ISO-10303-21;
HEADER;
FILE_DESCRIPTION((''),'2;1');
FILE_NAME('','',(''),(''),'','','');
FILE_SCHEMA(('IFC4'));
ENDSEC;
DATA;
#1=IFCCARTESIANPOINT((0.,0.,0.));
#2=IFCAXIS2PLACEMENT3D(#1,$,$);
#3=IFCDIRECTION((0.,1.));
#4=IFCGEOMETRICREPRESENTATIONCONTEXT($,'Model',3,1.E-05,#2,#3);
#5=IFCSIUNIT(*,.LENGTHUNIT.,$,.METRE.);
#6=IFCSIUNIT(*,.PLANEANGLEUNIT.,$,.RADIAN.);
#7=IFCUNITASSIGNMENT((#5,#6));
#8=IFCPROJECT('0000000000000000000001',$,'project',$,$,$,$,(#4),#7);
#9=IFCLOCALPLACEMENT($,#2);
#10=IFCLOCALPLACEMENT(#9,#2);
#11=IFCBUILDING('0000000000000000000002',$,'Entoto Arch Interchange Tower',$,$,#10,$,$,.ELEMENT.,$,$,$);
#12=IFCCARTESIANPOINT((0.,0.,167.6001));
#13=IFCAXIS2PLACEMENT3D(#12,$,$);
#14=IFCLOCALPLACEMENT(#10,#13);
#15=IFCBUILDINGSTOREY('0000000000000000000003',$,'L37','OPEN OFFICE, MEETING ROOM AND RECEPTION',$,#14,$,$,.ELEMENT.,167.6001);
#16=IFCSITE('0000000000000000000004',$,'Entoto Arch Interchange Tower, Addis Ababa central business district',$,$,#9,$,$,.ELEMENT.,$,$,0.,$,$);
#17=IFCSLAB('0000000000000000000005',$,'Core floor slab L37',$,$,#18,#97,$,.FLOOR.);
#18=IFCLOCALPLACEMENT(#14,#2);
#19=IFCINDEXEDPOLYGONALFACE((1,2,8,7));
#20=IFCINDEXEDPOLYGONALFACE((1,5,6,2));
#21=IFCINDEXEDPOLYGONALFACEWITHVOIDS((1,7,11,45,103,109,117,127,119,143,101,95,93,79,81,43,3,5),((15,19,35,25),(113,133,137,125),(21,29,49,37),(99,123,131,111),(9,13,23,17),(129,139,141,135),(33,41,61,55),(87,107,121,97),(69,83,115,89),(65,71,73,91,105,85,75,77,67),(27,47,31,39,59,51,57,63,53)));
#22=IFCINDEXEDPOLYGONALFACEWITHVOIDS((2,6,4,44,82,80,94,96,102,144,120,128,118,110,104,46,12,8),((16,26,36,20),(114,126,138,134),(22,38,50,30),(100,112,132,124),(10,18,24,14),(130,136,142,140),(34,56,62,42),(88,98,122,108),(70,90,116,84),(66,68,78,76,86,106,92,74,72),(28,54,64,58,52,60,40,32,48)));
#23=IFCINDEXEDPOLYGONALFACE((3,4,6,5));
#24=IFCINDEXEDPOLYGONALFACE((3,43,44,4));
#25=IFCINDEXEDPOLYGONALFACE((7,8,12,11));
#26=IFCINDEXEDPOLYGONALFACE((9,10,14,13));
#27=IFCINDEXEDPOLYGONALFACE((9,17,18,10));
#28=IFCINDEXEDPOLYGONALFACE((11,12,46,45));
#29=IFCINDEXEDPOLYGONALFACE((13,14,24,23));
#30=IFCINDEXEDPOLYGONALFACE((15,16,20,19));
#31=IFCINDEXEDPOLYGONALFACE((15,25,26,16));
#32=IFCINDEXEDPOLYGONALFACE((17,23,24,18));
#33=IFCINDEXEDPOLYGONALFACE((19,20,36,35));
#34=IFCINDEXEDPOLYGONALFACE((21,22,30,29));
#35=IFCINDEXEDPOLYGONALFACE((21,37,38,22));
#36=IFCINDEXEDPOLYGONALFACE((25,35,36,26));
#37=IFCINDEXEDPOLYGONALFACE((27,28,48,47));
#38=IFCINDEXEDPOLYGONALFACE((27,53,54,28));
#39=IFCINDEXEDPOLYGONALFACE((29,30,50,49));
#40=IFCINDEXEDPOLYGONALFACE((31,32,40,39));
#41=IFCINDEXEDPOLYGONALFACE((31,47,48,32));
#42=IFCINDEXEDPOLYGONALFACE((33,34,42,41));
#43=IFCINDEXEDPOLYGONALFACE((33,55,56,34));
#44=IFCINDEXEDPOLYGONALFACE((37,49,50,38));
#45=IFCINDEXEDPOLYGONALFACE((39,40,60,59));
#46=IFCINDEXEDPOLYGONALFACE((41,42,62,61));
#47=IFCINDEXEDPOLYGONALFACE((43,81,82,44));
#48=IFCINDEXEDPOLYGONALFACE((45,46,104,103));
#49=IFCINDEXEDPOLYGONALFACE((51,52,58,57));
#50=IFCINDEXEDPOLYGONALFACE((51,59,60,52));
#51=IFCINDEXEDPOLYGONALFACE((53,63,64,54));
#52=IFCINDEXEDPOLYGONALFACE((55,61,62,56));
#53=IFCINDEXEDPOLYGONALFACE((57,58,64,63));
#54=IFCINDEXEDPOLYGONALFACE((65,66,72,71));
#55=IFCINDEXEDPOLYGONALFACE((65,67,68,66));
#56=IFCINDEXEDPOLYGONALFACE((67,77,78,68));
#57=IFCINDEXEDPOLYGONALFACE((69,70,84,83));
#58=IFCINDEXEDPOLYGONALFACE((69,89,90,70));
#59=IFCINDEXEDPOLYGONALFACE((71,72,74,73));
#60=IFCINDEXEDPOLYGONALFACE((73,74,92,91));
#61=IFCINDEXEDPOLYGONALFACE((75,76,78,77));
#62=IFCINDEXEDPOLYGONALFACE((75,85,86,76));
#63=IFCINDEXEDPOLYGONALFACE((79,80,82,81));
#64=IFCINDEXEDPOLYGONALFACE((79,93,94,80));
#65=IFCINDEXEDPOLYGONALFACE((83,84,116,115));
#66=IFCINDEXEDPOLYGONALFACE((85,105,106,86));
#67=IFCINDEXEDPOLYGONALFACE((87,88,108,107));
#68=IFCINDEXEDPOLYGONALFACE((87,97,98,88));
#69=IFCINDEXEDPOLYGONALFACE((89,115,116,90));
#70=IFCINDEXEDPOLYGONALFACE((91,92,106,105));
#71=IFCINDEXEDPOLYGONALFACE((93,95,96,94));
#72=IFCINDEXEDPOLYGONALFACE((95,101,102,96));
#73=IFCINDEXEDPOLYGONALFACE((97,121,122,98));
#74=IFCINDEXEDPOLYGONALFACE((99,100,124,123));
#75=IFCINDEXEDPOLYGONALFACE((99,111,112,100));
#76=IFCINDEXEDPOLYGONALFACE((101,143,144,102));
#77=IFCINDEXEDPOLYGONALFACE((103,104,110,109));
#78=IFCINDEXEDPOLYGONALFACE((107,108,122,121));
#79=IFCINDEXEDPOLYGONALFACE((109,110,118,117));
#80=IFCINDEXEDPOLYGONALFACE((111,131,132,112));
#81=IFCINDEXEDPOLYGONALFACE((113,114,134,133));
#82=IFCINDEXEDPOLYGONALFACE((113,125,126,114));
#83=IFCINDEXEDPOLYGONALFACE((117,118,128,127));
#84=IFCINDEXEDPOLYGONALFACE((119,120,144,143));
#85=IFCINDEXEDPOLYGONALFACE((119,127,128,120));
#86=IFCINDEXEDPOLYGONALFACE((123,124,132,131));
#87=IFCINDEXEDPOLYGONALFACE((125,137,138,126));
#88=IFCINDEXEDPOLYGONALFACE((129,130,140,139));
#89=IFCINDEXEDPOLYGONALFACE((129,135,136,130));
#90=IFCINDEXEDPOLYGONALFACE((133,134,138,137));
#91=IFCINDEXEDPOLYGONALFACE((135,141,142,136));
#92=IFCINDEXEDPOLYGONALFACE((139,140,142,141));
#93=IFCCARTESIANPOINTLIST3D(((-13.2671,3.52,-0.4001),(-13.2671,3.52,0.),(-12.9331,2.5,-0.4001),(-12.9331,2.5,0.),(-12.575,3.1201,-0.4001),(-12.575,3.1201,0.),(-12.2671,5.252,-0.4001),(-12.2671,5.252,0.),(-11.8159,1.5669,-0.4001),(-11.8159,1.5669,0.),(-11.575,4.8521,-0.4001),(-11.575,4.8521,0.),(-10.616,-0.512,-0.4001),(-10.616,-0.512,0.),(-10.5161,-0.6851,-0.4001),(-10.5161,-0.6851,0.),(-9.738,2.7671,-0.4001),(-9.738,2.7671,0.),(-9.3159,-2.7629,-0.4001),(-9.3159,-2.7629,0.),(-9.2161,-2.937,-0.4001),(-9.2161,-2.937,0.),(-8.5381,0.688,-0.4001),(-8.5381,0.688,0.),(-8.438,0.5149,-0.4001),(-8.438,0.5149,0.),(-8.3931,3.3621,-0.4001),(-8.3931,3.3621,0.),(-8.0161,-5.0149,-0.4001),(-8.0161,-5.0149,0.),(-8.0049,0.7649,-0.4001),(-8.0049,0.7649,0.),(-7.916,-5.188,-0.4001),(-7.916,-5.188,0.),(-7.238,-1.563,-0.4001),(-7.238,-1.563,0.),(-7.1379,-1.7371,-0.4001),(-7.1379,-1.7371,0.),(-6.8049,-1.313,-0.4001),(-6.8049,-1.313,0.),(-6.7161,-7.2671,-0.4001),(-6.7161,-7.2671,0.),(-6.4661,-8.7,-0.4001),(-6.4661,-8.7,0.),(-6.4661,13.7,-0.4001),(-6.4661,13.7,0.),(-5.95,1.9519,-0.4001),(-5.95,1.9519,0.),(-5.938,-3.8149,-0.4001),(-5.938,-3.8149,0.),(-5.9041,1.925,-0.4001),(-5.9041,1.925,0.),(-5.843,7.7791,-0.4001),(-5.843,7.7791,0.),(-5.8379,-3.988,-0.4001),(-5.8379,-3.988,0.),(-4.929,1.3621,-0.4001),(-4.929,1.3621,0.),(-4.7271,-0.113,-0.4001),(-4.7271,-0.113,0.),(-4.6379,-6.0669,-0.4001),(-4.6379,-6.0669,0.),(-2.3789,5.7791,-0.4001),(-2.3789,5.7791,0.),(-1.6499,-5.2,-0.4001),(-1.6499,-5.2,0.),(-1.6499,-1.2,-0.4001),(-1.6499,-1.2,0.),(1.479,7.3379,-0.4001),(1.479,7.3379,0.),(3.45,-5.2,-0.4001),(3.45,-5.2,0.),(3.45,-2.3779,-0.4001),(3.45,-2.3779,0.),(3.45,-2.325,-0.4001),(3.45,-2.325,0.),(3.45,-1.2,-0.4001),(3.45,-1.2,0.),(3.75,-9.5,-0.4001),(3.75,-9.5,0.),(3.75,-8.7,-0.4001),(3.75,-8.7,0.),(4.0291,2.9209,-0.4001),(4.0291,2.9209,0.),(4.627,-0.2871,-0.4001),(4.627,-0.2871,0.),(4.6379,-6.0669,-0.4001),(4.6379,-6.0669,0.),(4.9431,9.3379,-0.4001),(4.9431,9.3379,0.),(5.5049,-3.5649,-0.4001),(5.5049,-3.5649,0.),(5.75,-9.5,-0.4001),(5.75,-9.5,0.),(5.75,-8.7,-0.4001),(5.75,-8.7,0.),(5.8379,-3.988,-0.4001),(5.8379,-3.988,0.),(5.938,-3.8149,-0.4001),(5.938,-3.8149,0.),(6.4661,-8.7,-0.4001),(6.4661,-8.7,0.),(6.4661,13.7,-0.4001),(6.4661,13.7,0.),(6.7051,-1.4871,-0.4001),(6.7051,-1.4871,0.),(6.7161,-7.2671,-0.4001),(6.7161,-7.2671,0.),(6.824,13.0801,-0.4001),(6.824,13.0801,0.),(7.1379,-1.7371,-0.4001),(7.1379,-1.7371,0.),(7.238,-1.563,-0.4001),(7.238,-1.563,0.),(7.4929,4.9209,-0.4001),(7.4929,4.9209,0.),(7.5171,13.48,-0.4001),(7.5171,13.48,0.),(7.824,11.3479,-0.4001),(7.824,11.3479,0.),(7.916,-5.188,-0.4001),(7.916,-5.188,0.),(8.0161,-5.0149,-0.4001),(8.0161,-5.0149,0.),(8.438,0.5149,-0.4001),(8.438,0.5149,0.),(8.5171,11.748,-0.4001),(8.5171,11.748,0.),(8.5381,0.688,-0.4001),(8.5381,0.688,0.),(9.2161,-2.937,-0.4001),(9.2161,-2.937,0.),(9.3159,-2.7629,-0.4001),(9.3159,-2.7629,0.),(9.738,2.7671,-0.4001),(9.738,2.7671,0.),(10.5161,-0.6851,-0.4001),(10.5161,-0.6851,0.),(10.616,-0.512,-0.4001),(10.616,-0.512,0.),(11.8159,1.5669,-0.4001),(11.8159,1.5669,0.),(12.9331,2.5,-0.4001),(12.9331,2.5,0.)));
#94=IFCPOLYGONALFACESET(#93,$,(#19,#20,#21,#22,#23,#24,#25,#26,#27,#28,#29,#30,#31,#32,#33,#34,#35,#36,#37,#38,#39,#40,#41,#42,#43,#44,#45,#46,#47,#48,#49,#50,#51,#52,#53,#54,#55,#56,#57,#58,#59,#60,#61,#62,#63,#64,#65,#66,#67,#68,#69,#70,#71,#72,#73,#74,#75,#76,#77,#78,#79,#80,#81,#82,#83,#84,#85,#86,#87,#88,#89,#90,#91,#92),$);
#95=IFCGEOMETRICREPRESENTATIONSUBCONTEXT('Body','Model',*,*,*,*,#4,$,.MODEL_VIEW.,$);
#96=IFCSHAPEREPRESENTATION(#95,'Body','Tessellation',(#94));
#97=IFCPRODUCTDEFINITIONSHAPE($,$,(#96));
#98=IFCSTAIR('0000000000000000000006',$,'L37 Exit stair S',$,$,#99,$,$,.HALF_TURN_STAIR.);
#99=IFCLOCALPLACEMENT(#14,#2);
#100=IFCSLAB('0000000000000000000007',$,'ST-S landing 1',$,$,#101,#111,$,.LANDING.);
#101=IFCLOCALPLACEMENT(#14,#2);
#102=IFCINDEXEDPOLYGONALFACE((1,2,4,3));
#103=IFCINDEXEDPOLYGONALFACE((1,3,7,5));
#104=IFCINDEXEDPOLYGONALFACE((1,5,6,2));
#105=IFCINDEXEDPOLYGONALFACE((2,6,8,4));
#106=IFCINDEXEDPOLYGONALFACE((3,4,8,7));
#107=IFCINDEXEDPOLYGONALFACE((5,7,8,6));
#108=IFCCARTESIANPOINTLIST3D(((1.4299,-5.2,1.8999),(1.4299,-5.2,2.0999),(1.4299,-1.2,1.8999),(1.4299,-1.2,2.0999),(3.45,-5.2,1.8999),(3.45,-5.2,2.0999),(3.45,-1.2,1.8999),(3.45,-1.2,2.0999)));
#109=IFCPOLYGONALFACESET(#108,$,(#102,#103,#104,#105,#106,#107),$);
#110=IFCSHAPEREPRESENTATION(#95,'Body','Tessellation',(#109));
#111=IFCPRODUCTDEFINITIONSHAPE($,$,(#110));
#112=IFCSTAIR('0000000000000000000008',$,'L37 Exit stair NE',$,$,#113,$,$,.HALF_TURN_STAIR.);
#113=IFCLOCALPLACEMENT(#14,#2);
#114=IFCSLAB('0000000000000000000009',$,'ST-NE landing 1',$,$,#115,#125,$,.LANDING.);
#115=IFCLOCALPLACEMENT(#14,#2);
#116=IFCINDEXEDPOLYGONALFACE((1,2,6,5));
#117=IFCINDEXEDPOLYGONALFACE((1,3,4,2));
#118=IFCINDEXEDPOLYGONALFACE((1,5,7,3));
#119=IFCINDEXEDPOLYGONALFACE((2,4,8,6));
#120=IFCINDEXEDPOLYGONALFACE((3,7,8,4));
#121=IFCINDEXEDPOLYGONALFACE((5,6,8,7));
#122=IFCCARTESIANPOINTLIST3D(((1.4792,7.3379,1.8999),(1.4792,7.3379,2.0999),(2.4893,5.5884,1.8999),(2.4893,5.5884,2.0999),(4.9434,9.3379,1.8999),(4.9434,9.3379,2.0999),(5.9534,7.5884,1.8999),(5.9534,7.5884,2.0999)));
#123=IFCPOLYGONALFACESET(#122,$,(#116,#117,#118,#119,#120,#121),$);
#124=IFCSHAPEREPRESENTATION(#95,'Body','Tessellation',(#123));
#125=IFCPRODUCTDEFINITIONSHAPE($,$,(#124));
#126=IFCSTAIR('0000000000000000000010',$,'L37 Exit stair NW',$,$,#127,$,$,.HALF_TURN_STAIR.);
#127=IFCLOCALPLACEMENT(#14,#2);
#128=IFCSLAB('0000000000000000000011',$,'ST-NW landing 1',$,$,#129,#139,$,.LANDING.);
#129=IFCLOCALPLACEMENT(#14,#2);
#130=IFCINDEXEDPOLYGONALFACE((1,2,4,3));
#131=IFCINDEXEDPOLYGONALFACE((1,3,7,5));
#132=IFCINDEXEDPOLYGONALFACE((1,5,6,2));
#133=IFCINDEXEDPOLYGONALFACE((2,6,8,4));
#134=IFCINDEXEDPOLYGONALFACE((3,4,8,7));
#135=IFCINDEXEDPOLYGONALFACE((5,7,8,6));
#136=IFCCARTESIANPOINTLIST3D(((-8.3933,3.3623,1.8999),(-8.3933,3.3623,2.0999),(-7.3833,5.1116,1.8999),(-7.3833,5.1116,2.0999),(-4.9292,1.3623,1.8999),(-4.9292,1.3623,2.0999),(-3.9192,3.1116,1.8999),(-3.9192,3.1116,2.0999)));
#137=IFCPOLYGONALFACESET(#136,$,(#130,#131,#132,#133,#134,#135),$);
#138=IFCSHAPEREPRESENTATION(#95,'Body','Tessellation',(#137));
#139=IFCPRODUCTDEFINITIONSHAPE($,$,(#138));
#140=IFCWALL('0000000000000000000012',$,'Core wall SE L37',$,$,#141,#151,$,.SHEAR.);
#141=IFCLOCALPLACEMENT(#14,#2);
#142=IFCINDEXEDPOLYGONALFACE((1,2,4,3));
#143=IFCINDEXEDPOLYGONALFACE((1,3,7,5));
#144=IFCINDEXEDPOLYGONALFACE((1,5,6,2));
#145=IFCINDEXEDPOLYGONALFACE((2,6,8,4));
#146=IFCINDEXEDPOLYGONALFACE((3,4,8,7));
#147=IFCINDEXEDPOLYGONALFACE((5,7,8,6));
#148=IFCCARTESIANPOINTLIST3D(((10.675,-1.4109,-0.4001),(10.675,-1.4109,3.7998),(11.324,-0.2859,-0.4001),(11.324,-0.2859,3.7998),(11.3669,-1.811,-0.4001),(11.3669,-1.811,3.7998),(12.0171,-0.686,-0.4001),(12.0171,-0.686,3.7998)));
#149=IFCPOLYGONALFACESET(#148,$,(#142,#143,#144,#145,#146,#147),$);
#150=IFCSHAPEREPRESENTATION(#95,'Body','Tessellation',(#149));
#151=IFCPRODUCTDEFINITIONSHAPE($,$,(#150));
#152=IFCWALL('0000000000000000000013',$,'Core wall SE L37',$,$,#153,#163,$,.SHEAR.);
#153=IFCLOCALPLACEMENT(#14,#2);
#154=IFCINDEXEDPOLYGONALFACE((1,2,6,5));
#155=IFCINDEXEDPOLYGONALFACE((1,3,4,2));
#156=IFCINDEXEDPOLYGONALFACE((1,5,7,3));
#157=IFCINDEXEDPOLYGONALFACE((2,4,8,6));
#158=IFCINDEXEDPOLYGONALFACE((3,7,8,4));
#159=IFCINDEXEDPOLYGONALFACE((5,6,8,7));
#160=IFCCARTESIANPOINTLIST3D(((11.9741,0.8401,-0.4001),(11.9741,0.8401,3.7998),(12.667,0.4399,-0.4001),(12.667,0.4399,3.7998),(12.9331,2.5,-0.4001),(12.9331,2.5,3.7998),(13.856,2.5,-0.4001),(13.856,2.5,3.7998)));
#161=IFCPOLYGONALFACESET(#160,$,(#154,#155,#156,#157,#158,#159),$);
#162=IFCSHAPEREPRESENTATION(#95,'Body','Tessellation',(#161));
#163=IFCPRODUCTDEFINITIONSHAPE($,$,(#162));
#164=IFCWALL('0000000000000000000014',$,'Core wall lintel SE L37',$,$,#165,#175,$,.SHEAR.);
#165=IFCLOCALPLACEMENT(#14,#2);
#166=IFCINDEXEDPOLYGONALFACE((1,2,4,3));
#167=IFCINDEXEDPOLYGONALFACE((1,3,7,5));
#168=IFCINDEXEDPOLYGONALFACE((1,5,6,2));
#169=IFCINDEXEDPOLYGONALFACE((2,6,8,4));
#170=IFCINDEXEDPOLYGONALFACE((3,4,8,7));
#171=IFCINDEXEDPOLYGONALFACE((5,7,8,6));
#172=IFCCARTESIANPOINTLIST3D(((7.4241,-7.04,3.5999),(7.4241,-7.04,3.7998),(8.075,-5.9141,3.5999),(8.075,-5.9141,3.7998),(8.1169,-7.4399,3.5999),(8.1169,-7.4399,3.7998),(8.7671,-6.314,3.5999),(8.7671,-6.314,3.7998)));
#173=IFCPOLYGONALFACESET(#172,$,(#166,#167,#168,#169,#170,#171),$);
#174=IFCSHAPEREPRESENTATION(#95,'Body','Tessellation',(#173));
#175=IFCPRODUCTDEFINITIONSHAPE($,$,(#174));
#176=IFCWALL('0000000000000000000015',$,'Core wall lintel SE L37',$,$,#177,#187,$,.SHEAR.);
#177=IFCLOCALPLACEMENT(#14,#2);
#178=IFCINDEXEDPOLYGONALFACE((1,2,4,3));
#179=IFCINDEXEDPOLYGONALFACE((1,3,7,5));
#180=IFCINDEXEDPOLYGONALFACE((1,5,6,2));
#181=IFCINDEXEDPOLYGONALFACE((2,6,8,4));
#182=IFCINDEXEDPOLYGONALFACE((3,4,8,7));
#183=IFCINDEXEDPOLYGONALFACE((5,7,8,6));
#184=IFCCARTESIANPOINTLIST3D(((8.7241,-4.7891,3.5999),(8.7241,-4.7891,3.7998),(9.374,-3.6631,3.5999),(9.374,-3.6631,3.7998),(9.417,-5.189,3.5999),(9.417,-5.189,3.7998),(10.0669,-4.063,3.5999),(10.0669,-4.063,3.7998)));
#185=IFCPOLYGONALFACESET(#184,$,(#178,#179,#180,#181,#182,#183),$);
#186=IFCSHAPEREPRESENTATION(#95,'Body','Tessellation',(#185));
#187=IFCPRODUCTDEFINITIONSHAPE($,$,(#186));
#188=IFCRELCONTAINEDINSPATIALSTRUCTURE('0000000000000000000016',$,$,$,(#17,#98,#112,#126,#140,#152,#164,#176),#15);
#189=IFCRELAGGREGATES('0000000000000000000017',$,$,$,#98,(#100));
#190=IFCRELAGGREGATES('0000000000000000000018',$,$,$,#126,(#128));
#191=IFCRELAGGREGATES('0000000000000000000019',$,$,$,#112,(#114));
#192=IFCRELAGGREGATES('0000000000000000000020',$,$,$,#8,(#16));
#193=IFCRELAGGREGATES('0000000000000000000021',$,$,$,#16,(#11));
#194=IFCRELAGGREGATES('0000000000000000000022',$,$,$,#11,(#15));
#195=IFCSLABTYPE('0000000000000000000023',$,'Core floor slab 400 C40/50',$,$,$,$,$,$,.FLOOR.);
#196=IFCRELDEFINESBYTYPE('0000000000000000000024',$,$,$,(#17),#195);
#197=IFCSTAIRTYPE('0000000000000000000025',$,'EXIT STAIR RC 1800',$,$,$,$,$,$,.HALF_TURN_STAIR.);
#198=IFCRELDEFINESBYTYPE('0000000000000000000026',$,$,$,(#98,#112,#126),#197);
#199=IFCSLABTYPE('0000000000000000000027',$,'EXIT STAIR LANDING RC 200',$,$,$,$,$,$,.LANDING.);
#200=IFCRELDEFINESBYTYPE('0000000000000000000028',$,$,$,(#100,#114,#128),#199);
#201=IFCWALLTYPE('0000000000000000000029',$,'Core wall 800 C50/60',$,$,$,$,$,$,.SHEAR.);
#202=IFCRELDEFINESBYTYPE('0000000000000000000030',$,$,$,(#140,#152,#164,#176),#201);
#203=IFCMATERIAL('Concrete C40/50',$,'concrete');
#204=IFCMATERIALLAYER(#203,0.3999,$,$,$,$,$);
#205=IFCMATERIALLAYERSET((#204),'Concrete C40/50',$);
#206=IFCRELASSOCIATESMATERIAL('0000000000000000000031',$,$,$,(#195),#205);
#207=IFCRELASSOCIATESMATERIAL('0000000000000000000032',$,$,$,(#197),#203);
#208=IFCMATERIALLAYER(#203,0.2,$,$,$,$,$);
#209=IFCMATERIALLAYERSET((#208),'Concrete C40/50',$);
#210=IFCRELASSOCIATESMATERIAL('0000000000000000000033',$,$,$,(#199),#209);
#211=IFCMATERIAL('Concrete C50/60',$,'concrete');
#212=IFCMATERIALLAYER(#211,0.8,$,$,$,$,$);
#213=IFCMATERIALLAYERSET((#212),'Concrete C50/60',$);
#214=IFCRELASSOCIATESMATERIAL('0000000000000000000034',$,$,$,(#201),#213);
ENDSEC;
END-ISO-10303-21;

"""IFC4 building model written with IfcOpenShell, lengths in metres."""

from ifc_helpers import new_model, si_unit, direction, frame, origin, place, context, subcontext, project, spatial, polyline, outline, extrude, material, layer, layer_set, type_object, element, aggregate, save


model = new_model("IFC4")

# Units and contexts
model_context = context("Model", 3, precision=1e-05, world=origin(), true_north=direction((0.0, 1.0)))
body_context = subcontext(model_context, "Body", "Model", "MODEL_VIEW")
ifc_project = project(units=[si_unit("LENGTHUNIT", "METRE"), si_unit("PLANEANGLEUNIT", "RADIAN")], contexts=[model_context])

# Site, building, storey
site_placement = place(None, origin())
site = spatial("IfcSite", under=ifc_project, at=site_placement, Name="Entoto Arch Interchange Tower, Addis Ababa central business district", CompositionType="ELEMENT", RefElevation=0.0)
building_placement = place(site_placement, origin())
building = spatial("IfcBuilding", under=site, at=building_placement, Name="Entoto Arch Interchange Tower", CompositionType="ELEMENT")
storey_placement = place(building_placement, frame((0.0, 0.0, 167.6001)))
storey = spatial("IfcBuildingStorey", under=building, at=storey_placement, Name="L37", Description="OPEN OFFICE, MEETING ROOM AND RECEPTION", CompositionType="ELEMENT", Elevation=167.6001)

# Slab
ifc_material_1 = material(Name="Concrete C40/50", Category="concrete")
ifc_layer_1 = layer(ifc_material_1, 0.3999)
ifc_layer_set_1 = layer_set([ifc_layer_1], Name="Concrete C40/50")
slab_type_1 = type_object("IfcSlabType", Name="Core floor slab 400 C40/50", PredefinedType="FLOOR", material=ifc_layer_set_1)
slab_1_placement = place(storey_placement, frame((0.0, 0.0, -0.4001)))
element("IfcSlab", 1, at=slab_1_placement, inside=storey, type_object=slab_type_1, Name="Core floor slab L37", PredefinedType="FLOOR", context=body_context, shape_type="SweptSolid", body=[
    extrude(outline(polyline([(5.75, -9.5), (3.75, -9.5), (3.75, -8.7), (-6.4661, -8.7), (-12.9331, 2.5), (-12.575, 3.1201), (-13.2671, 3.52), (-12.2671, 5.252), (-11.575, 4.8521), (-6.4661, 13.7), (6.4661, 13.7), (6.824, 13.0801), (7.5171, 13.48), (8.5171, 11.748), (7.824, 11.3479), (12.9331, 2.5), (6.4661, -8.7), (5.75, -8.7), (5.75, -9.5)]), holes=[polyline([(-5.8379, -3.988), (-7.916, -5.188), (-6.7161, -7.2671), (-4.6379, -6.0669), (-5.8379, -3.988)]), polyline([(-5.938, -3.8149), (-7.1379, -1.7371), (-9.2161, -2.937), (-8.0161, -5.0149), (-5.938, -3.8149)]), polyline([(5.5049, -3.5649), (6.7051, -1.4871), (4.627, -0.2871), (3.45, -2.325), (3.45, -1.2), (-1.6499, -1.2), (-1.6499, -5.2), (3.45, -5.2), (3.45, -2.3779), (5.5049, -3.5649)]), polyline([(-8.438, 0.5149), (-10.5161, -0.6851), (-9.3159, -2.7629), (-7.238, -1.563), (-8.438, 0.5149)]), polyline([(-4.7271, -0.113), (-5.9041, 1.925), (-4.929, 1.3621), (-2.3789, 5.7791), (-5.843, 7.7791), (-8.3931, 3.3621), (-5.95, 1.9519), (-8.0049, 0.7649), (-6.8049, -1.313), (-4.7271, -0.113)]), polyline([(-8.5381, 0.688), (-9.738, 2.7671), (-11.8159, 1.5669), (-10.616, -0.512), (-8.5381, 0.688)]), polyline([(5.8379, -3.988), (4.6379, -6.0669), (6.7161, -7.2671), (7.916, -5.188), (5.8379, -3.988)]), polyline([(7.1379, -1.7371), (5.938, -3.8149), (8.0161, -5.0149), (9.2161, -2.937), (7.1379, -1.7371)]), polyline([(8.438, 0.5149), (7.238, -1.563), (9.3159, -2.7629), (10.5161, -0.6851), (8.438, 0.5149)]), polyline([(9.738, 2.7671), (8.5381, 0.688), (10.616, -0.512), (11.8159, 1.5669), (9.738, 2.7671)]), polyline([(4.0291, 2.9209), (7.4929, 4.9209), (4.9431, 9.3379), (1.479, 7.3379), (4.0291, 2.9209)])]), origin(), (0.0, 0.0, 1.0), 0.4001),
])

# Stairs, slabs
stair_type = type_object("IfcStairType", Name="EXIT STAIR RC 1800", PredefinedType="HALF_TURN_STAIR", material=ifc_material_1)
stair_1_placement = place(storey_placement, origin())
stair_1 = element("IfcStair", 2, at=stair_1_placement, inside=storey, type_object=stair_type, Name="L37 Exit stair S", PredefinedType="HALF_TURN_STAIR")
ifc_layer_2 = layer(ifc_material_1, 0.2)
ifc_layer_set_2 = layer_set([ifc_layer_2], Name="Concrete C40/50")
slab_type_2 = type_object("IfcSlabType", Name="EXIT STAIR LANDING RC 200", PredefinedType="LANDING", material=ifc_layer_set_2)
slab_2_placement = place(storey_placement, frame((0.0, 0.0, 1.8999)))
slab_2 = element("IfcSlab", 3, at=slab_2_placement, type_object=slab_type_2, Name="ST-S landing 1", PredefinedType="LANDING", context=body_context, shape_type="SweptSolid", body=[
    extrude(outline(polyline([(1.4299, -5.2), (3.45, -5.2), (3.45, -1.2), (1.4299, -1.2), (1.4299, -5.2)])), origin(), (0.0, 0.0, 1.0), 0.2),
])
aggregate(stair_1, [slab_2])
stair_2_placement = place(storey_placement, origin())
stair_2 = element("IfcStair", 4, at=stair_2_placement, inside=storey, type_object=stair_type, Name="L37 Exit stair NE", PredefinedType="HALF_TURN_STAIR")
slab_3_placement = place(storey_placement, frame((0.0, 0.0, 1.8999)))
slab_3 = element("IfcSlab", 5, at=slab_3_placement, type_object=slab_type_2, Name="ST-NE landing 1", PredefinedType="LANDING", context=body_context, shape_type="SweptSolid", body=[
    extrude(outline(polyline([(5.9534, 7.5884), (4.9434, 9.3379), (1.4792, 7.3379), (2.4893, 5.5884), (5.9534, 7.5884)])), origin(), (0.0, 0.0, 1.0), 0.2),
])
stair_3_placement = place(storey_placement, origin())
stair_3 = element("IfcStair", 6, at=stair_3_placement, inside=storey, type_object=stair_type, Name="L37 Exit stair NW", PredefinedType="HALF_TURN_STAIR")
slab_4_placement = place(storey_placement, frame((0.0, 0.0, 1.8999)))
slab_4 = element("IfcSlab", 7, at=slab_4_placement, type_object=slab_type_2, Name="ST-NW landing 1", PredefinedType="LANDING", context=body_context, shape_type="SweptSolid", body=[
    extrude(outline(polyline([(-7.3833, 5.1116), (-8.3933, 3.3623), (-4.9292, 1.3623), (-3.9192, 3.1116), (-7.3833, 5.1116)])), origin(), (0.0, 0.0, 1.0), 0.2),
])
aggregate(stair_3, [slab_4])

# Walls
ifc_material_2 = material(Name="Concrete C50/60", Category="concrete")
ifc_layer_3 = layer(ifc_material_2, 0.8)
ifc_layer_set_3 = layer_set([ifc_layer_3], Name="Concrete C50/60")
wall_type_1 = type_object("IfcWallType", Name="Core wall 800 C50/60", PredefinedType="SHEAR", material=ifc_layer_set_3)
wall_1_placement = place(storey_placement, frame((0.0, 0.0, -0.4001)))
element("IfcWall", 8, at=wall_1_placement, inside=storey, type_object=wall_type_1, Name="Core wall SE L37", PredefinedType="SHEAR", context=body_context, shape_type="SweptSolid", body=[
    extrude(outline(polyline([(12.0171, -0.686), (11.324, -0.2859), (10.675, -1.4109), (11.3669, -1.811), (12.0171, -0.686)])), origin(), (0.0, 0.0, 1.0), 4.2),
])
wall_2_placement = place(storey_placement, frame((0.0, 0.0, -0.4001)))
element("IfcWall", 9, at=wall_2_placement, inside=storey, type_object=wall_type_1, Name="Core wall SE L37", PredefinedType="SHEAR", context=body_context, shape_type="SweptSolid", body=[
    extrude(outline(polyline([(11.9741, 0.8401), (12.667, 0.4399), (13.856, 2.5), (12.9331, 2.5), (11.9741, 0.8401)])), origin(), (0.0, 0.0, 1.0), 4.2),
])
wall_3_placement = place(storey_placement, frame((0.0, 0.0, 3.5999)))
element("IfcWall", 10, at=wall_3_placement, inside=storey, type_object=wall_type_1, Name="Core wall lintel SE L37", PredefinedType="SHEAR", context=body_context, shape_type="SweptSolid", body=[
    extrude(outline(polyline([(8.7671, -6.314), (8.075, -5.9141), (7.4241, -7.04), (8.1169, -7.4399), (8.7671, -6.314)])), origin(), (0.0, 0.0, 1.0), 0.2),
])
wall_4_placement = place(storey_placement, frame((0.0, 0.0, 3.5999)))
element("IfcWall", 11, at=wall_4_placement, inside=storey, type_object=wall_type_1, Name="Core wall lintel SE L37", PredefinedType="SHEAR", context=body_context, shape_type="SweptSolid", body=[
    extrude(outline(polyline([(10.0669, -4.063), (9.374, -3.6631), (8.7241, -4.7891), (9.417, -5.189), (10.0669, -4.063)])), origin(), (0.0, 0.0, 1.0), 0.2),
])

aggregate(stair_2, [slab_3])

save(model, "model.ifc")
